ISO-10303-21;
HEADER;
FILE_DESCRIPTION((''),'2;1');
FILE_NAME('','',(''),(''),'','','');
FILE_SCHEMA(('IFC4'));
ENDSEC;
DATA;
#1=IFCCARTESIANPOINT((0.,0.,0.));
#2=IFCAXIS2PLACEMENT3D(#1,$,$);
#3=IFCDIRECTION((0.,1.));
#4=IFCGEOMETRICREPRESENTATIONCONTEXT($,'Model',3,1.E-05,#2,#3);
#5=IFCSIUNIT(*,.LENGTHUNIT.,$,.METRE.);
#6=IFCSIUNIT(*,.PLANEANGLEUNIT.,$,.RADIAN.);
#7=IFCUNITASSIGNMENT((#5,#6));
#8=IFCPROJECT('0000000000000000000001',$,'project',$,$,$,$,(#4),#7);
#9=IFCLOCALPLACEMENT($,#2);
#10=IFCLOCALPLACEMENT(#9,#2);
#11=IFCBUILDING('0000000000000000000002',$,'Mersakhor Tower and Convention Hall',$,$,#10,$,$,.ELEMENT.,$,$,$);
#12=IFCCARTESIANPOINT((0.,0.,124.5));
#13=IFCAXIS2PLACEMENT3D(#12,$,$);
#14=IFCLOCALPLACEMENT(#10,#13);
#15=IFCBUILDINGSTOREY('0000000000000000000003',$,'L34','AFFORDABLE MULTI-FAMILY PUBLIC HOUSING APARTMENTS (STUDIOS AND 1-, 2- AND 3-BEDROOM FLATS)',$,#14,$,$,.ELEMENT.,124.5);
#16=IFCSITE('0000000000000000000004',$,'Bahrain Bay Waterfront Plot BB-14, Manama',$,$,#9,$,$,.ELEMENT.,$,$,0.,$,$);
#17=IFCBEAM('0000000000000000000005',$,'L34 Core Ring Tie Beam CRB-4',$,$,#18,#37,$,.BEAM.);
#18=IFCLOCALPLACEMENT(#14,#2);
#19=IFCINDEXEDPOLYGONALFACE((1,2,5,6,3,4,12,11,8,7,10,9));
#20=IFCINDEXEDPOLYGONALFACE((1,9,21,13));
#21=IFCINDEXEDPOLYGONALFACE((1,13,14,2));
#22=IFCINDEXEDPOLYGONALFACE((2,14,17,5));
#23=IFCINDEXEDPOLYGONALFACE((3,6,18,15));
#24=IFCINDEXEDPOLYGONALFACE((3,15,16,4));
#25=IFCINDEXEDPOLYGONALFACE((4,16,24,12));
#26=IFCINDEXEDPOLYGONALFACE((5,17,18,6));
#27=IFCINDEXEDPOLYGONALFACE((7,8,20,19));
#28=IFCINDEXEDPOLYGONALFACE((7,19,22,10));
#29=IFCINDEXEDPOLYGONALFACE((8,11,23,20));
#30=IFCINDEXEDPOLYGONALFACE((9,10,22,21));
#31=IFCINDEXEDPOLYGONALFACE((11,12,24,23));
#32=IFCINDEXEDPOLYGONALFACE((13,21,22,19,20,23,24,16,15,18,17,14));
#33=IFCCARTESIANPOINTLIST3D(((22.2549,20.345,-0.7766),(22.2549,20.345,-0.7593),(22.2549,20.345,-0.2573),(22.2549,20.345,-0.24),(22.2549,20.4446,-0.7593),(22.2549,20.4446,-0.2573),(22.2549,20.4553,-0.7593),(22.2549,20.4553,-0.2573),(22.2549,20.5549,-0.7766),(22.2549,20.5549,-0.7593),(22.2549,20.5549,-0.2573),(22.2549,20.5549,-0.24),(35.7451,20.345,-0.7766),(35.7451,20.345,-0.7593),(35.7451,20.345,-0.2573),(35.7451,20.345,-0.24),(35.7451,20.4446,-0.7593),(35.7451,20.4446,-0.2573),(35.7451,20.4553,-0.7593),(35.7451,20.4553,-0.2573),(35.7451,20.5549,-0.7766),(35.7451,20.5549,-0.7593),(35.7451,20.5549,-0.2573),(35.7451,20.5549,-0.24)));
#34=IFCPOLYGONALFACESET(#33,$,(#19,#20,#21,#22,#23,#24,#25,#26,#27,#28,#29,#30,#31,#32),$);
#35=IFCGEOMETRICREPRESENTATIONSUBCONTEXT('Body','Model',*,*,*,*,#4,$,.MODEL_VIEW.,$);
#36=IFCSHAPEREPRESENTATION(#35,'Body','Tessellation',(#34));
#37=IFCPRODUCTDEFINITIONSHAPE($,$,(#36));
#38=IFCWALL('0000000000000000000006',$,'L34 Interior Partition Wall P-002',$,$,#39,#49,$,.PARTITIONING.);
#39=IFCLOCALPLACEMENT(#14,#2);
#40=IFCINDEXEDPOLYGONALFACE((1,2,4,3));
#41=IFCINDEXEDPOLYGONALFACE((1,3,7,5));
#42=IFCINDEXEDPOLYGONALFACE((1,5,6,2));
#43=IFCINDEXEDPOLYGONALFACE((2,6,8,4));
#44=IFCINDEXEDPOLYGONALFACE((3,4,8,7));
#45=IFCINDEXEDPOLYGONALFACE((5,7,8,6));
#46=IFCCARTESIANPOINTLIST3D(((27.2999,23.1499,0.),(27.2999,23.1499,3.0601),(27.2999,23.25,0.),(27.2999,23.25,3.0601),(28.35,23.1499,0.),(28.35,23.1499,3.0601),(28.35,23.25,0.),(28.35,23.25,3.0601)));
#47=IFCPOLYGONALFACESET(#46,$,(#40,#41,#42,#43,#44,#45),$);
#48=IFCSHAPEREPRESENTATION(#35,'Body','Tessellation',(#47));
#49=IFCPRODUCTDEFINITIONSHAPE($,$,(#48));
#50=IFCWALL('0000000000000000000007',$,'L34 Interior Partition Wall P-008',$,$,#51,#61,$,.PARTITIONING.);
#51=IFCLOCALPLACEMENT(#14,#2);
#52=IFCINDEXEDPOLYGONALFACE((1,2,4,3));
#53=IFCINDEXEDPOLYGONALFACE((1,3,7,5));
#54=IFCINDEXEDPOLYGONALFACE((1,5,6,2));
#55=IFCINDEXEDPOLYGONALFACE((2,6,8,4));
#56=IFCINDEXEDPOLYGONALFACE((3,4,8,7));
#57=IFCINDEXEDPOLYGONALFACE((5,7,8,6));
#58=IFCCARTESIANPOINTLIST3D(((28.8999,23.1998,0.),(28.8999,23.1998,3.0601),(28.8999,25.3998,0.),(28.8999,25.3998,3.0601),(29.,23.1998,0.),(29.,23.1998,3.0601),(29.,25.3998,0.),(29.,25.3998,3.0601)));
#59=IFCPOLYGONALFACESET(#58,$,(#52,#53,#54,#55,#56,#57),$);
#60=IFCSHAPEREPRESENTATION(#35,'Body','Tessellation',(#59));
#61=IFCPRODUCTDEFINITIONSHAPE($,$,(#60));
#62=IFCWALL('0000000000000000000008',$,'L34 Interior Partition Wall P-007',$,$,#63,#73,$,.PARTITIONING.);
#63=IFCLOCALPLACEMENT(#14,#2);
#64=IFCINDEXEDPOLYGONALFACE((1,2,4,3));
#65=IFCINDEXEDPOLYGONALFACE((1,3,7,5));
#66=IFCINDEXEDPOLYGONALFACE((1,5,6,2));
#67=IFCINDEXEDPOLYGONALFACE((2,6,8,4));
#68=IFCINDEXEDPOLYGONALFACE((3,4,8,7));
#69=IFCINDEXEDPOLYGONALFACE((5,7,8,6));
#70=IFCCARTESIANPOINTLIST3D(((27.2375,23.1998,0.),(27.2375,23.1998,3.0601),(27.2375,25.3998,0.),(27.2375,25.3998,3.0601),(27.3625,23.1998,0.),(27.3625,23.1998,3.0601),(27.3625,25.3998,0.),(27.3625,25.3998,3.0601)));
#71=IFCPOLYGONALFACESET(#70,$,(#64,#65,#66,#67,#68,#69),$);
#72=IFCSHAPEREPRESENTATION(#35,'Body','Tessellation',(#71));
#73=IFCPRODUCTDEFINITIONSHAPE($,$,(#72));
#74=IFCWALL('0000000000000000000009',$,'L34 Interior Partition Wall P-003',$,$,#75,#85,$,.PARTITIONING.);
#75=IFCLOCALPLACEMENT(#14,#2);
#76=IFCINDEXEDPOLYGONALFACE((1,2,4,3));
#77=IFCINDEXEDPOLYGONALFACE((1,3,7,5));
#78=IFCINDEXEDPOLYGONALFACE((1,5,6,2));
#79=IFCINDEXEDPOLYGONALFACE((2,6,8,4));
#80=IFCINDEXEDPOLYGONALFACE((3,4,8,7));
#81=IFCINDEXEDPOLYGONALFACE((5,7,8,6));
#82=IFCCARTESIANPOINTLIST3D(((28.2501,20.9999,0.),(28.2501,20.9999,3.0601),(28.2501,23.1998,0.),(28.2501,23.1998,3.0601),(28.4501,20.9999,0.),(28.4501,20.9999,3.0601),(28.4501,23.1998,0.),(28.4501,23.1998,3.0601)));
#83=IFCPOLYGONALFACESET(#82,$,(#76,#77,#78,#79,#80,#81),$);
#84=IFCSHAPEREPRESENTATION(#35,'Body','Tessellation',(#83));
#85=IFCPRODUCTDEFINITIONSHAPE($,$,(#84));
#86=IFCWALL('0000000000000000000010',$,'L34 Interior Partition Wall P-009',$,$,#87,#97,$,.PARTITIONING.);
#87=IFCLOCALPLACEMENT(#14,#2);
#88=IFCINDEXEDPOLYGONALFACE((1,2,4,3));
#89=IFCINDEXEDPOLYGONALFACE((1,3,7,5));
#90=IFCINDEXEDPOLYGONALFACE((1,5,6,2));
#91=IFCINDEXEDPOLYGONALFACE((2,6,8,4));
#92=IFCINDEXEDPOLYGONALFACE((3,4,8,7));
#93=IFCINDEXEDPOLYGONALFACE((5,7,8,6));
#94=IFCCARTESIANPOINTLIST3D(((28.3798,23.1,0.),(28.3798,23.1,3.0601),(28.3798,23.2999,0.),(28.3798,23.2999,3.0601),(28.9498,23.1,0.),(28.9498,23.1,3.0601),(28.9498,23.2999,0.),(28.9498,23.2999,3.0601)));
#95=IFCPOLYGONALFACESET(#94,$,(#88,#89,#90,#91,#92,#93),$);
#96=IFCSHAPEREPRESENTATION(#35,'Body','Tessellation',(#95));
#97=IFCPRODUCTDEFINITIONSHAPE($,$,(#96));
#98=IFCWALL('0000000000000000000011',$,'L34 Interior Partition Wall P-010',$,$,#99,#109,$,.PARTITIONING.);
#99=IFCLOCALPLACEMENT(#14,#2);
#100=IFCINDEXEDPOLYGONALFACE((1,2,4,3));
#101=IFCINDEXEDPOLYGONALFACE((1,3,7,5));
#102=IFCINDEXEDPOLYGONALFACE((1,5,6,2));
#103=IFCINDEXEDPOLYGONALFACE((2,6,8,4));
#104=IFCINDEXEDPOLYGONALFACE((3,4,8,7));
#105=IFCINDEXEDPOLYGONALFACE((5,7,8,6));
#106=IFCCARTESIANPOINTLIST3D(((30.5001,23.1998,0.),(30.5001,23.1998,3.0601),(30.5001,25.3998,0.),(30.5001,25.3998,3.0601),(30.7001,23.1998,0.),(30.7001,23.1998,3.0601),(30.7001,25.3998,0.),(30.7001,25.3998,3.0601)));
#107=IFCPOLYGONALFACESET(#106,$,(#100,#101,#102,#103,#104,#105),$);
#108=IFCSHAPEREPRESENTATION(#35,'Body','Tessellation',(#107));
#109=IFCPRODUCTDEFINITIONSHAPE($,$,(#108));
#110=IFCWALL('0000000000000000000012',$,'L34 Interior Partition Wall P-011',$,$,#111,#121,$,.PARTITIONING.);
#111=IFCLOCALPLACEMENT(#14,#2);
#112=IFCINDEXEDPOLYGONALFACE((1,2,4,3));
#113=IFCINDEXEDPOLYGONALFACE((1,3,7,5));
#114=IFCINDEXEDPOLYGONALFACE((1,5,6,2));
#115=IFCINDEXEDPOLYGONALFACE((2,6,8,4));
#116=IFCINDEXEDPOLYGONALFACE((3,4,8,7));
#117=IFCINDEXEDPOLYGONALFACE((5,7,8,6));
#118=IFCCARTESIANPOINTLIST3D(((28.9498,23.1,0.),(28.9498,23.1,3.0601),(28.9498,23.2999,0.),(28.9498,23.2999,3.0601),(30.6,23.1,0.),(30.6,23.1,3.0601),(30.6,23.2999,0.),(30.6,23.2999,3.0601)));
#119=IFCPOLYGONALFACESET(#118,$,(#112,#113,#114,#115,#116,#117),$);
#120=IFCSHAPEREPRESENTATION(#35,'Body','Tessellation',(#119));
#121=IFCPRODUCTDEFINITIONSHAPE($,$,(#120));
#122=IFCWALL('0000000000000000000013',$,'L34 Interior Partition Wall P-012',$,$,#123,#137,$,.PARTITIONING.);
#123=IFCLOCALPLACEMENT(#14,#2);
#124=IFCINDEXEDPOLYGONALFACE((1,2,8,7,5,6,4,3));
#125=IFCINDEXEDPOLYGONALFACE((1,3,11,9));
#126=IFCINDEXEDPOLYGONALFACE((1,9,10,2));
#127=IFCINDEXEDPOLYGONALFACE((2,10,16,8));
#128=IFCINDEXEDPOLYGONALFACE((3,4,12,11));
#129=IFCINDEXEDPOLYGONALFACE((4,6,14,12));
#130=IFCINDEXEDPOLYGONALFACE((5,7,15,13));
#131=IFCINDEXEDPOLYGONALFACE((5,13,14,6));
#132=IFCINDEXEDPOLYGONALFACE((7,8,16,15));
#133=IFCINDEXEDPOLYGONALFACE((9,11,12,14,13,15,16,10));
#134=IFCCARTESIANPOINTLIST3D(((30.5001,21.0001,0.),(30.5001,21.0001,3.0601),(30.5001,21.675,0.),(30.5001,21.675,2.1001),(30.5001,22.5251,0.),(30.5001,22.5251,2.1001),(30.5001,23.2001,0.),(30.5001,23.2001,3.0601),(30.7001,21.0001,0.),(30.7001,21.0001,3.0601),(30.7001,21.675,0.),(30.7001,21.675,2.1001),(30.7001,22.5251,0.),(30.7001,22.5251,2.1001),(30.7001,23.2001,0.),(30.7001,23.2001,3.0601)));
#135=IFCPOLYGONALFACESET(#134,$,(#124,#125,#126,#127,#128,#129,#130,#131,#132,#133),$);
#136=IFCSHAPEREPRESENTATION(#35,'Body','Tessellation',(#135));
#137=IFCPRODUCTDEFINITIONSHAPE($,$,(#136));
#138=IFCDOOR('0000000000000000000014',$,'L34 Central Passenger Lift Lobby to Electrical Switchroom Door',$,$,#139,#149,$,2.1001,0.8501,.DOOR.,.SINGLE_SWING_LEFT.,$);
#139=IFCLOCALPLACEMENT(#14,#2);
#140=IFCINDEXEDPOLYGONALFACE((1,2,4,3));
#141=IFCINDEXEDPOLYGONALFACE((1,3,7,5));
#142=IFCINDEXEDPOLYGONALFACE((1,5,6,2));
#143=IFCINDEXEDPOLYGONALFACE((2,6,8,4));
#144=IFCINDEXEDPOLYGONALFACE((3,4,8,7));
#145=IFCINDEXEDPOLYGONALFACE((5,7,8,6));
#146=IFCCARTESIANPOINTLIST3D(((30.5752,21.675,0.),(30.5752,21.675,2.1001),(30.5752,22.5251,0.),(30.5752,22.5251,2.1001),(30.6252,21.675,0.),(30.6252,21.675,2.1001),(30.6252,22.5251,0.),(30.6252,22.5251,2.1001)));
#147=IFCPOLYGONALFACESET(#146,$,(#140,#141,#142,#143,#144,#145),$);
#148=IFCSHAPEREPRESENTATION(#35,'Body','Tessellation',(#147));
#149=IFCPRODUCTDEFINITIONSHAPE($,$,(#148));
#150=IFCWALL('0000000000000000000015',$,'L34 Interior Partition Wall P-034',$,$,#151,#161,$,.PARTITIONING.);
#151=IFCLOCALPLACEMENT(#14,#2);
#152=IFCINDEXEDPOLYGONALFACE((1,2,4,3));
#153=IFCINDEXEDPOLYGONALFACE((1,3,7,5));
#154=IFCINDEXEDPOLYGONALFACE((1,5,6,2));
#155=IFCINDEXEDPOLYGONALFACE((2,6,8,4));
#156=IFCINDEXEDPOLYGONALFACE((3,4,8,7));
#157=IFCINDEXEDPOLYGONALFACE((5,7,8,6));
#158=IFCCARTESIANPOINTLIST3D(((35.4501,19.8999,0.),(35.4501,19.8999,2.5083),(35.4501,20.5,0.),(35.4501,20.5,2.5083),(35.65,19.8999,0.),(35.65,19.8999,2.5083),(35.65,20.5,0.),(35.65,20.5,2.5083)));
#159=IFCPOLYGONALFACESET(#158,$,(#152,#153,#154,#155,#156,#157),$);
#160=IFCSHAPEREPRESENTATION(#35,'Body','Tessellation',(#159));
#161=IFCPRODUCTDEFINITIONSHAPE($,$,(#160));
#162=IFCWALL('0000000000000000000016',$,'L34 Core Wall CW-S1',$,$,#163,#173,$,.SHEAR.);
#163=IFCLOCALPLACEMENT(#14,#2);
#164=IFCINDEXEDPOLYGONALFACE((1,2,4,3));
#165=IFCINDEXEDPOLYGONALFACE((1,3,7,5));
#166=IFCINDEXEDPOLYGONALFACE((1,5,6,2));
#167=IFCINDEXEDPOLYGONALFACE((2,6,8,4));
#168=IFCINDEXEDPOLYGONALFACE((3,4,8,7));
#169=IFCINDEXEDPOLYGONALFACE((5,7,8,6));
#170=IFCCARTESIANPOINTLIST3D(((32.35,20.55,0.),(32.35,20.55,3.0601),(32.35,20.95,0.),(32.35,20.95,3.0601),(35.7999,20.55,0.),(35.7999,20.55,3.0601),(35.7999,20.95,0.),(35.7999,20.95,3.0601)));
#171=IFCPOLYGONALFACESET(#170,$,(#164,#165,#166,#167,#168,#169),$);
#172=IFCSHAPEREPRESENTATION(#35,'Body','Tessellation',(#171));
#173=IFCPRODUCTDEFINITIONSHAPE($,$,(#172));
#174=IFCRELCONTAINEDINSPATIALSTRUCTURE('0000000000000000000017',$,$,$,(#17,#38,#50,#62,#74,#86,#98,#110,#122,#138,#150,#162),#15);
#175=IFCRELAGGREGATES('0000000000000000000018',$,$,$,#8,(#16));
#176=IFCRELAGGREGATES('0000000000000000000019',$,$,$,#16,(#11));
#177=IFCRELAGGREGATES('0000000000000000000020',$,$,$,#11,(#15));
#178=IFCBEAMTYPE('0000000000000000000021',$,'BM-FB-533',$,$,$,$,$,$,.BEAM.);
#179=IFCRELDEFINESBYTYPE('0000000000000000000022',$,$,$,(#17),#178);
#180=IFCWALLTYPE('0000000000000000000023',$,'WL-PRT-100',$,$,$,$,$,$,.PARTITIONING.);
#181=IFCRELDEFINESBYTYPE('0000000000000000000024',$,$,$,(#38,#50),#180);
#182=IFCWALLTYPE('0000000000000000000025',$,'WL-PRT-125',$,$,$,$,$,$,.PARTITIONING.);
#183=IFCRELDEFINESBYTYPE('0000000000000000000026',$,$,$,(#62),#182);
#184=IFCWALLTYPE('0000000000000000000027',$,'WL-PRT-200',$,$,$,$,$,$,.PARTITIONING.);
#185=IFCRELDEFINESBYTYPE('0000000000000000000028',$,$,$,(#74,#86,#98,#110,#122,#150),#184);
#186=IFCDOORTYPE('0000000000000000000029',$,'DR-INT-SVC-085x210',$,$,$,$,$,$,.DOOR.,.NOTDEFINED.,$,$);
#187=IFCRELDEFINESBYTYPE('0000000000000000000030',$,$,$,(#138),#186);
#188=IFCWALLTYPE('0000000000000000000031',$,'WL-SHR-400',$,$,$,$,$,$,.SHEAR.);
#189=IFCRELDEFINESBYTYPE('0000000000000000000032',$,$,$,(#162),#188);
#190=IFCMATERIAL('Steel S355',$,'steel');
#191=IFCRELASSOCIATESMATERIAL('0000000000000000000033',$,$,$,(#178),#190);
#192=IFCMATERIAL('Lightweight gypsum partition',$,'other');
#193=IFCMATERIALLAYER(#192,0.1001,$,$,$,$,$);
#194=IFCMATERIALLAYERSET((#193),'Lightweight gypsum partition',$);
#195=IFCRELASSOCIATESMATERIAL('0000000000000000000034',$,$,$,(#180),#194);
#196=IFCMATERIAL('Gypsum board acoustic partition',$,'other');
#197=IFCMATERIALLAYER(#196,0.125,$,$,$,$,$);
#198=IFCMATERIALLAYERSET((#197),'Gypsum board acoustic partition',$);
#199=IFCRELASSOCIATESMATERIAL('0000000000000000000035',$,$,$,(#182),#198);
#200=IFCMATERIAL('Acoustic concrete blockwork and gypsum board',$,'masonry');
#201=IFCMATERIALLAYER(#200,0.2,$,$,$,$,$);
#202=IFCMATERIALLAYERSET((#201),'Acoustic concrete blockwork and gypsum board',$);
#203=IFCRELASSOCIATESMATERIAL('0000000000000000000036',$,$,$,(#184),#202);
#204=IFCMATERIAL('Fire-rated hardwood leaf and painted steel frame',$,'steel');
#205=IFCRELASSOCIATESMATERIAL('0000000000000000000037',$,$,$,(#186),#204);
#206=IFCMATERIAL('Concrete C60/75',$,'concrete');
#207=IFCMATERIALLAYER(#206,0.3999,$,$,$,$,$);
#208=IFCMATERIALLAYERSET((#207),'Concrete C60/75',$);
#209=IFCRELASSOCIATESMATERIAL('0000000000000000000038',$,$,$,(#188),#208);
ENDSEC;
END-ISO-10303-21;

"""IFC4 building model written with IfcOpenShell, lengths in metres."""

from ifc_helpers import new_model, si_unit, direction, frame, frame_2d, origin, origin_2d, place, context, subcontext, project, spatial, rectangle, i_section, extrude, material, layer, layer_set, material_profile, profile_set, type_object, element, fill, save


model = new_model("IFC4")

# Units and contexts
model_context = context("Model", 3, precision=1e-05, world=origin(), true_north=direction((0.0, 1.0)))
body_context = subcontext(model_context, "Body", "Model", "MODEL_VIEW")
ifc_project = project(units=[si_unit("LENGTHUNIT", "METRE"), si_unit("PLANEANGLEUNIT", "RADIAN")], contexts=[model_context])

# Site, building, storey
site_placement = place(None, origin())
site = spatial("IfcSite", under=ifc_project, at=site_placement, Name="Bahrain Bay Waterfront Plot BB-14, Manama", CompositionType="ELEMENT", RefElevation=0.0)
building_placement = place(site_placement, origin())
building = spatial("IfcBuilding", under=site, at=building_placement, Name="Mersakhor Tower and Convention Hall", CompositionType="ELEMENT")
storey_placement = place(building_placement, frame((0.0, 0.0, 124.5)))
storey = spatial("IfcBuildingStorey", under=building, at=storey_placement, Name="L34", Description="AFFORDABLE MULTI-FAMILY PUBLIC HOUSING APARTMENTS (STUDIOS AND 1-, 2- AND 3-BEDROOM FLATS)", CompositionType="ELEMENT", Elevation=124.5)

# Beam
ifc_material_1 = material(Name="Steel S355", Category="steel")
ifc_material_profile = material_profile(ifc_material_1, i_section(OverallWidth=0.21, OverallDepth=0.5366, WebThickness=0.0107, FlangeThickness=0.0173, at=origin_2d()), Name="UB 533x210x101")
ifc_profile_set = profile_set([ifc_material_profile], Name="Steel S355")
beam_type = type_object("IfcBeamType", Name="BM-FB-533", PredefinedType="BEAM", material=ifc_profile_set)
beam_placement = place(storey_placement, frame((35.7451, 20.45, -0.5083), z_axis=(-1.0, 0.0, 0.0), x_axis=(0.0, -1.0, 0.0)))
element("IfcBeam", 1, at=beam_placement, inside=storey, type_object=beam_type, Name="L34 Core Ring Tie Beam CRB-4", PredefinedType="BEAM", context=body_context, shape_type="SweptSolid", body=[
    extrude(i_section(OverallWidth=0.21, OverallDepth=0.5366, WebThickness=0.0107, FlangeThickness=0.0173, at=origin_2d()), origin(), (0.0, 0.0, 1.0), 13.4902),
])

# Walls
ifc_material_2 = material(Name="Lightweight gypsum partition", Category="other")
ifc_layer_1 = layer(ifc_material_2, 0.1001)
ifc_layer_set_1 = layer_set([ifc_layer_1], Name="Lightweight gypsum partition")
wall_type_1 = type_object("IfcWallType", Name="WL-PRT-100", PredefinedType="PARTITIONING", material=ifc_layer_set_1)
wall_1_placement = place(storey_placement, frame((27.3, 23.2, 0.0), z_axis=(0.0, 0.0, 1.0), x_axis=(1.0, 0.0, 0.0)))
element("IfcWall", 2, at=wall_1_placement, inside=storey, type_object=wall_type_1, Name="L34 Interior Partition Wall P-002", PredefinedType="PARTITIONING", context=body_context, shape_type="SweptSolid", body=[
    extrude(rectangle(XDim=1.05, YDim=0.1001, at=frame_2d((0.5249, 0.0))), origin(), (0.0, 0.0, 1.0), 3.0601),
])
wall_2_placement = place(storey_placement, frame((28.95, 25.3999, 0.0), z_axis=(0.0, 0.0, 1.0), x_axis=(0.0, -1.0, 0.0)))
element("IfcWall", 3, at=wall_2_placement, inside=storey, type_object=wall_type_1, Name="L34 Interior Partition Wall P-008", PredefinedType="PARTITIONING", context=body_context, shape_type="SweptSolid", body=[
    extrude(rectangle(XDim=2.2, YDim=0.1001, at=frame_2d((1.1001, 0.0))), origin(), (0.0, 0.0, 1.0), 3.0601),
])
ifc_material_3 = material(Name="Gypsum board acoustic partition", Category="other")
ifc_layer_2 = layer(ifc_material_3, 0.125)
ifc_layer_set_2 = layer_set([ifc_layer_2], Name="Gypsum board acoustic partition")
wall_type_2 = type_object("IfcWallType", Name="WL-PRT-125", PredefinedType="PARTITIONING", material=ifc_layer_set_2)
wall_3_placement = place(storey_placement, frame((27.3, 25.3999, 0.0), z_axis=(0.0, 0.0, 1.0), x_axis=(0.0, -1.0, 0.0)))
element("IfcWall", 4, at=wall_3_placement, inside=storey, type_object=wall_type_2, Name="L34 Interior Partition Wall P-007", PredefinedType="PARTITIONING", context=body_context, shape_type="SweptSolid", body=[
    extrude(rectangle(XDim=2.2, YDim=0.125, at=frame_2d((1.1001, 0.0))), origin(), (0.0, 0.0, 1.0), 3.0601),
])
ifc_material_4 = material(Name="Acoustic concrete blockwork and gypsum board", Category="masonry")
ifc_layer_3 = layer(ifc_material_4, 0.2)
ifc_layer_set_3 = layer_set([ifc_layer_3], Name="Acoustic concrete blockwork and gypsum board")
wall_type_3 = type_object("IfcWallType", Name="WL-PRT-200", PredefinedType="PARTITIONING", material=ifc_layer_set_3)
wall_4_placement = place(storey_placement, frame((28.3501, 23.2, 0.0), z_axis=(0.0, 0.0, 1.0), x_axis=(0.0, -1.0, 0.0)))
element("IfcWall", 5, at=wall_4_placement, inside=storey, type_object=wall_type_3, Name="L34 Interior Partition Wall P-003", PredefinedType="PARTITIONING", context=body_context, shape_type="SweptSolid", body=[
    extrude(rectangle(XDim=2.2, YDim=0.2, at=frame_2d((1.1001, 0.0))), origin(), (0.0, 0.0, 1.0), 3.0601),
])
wall_5_placement = place(storey_placement, frame((28.95, 23.2, 0.0), z_axis=(0.0, 0.0, 1.0), x_axis=(-1.0, 0.0, 0.0)))
element("IfcWall", 6, at=wall_5_placement, inside=storey, type_object=wall_type_3, Name="L34 Interior Partition Wall P-009", PredefinedType="PARTITIONING", context=body_context, shape_type="SweptSolid", body=[
    extrude(rectangle(XDim=0.5701, YDim=0.2, at=frame_2d((0.2852, 0.0))), origin(), (0.0, 0.0, 1.0), 3.0601),
])
wall_6_placement = place(storey_placement, frame((30.6001, 25.3999, 0.0), z_axis=(0.0, 0.0, 1.0), x_axis=(0.0, -1.0, 0.0)))
element("IfcWall", 7, at=wall_6_placement, inside=storey, type_object=wall_type_3, Name="L34 Interior Partition Wall P-010", PredefinedType="PARTITIONING", context=body_context, shape_type="SweptSolid", body=[
    extrude(rectangle(XDim=2.2, YDim=0.2, at=frame_2d((1.1001, 0.0))), origin(), (0.0, 0.0, 1.0), 3.0601),
])
wall_7_placement = place(storey_placement, frame((30.6001, 23.2, 0.0), z_axis=(0.0, 0.0, 1.0), x_axis=(-1.0, 0.0, 0.0)))
element("IfcWall", 8, at=wall_7_placement, inside=storey, type_object=wall_type_3, Name="L34 Interior Partition Wall P-011", PredefinedType="PARTITIONING", context=body_context, shape_type="SweptSolid", body=[
    extrude(rectangle(XDim=1.6501, YDim=0.2, at=frame_2d((0.8252, 0.0))), origin(), (0.0, 0.0, 1.0), 3.0601),
])

# Wall, opening, door
wall_8_placement = place(storey_placement, frame((30.6001, 21.0, 0.0), z_axis=(0.0, 0.0, 1.0), x_axis=(0.0, 1.0, 0.0)))
wall_8 = element("IfcWall", 9, at=wall_8_placement, inside=storey, type_object=wall_type_3, Name="L34 Interior Partition Wall P-012", PredefinedType="PARTITIONING", context=body_context, shape_type="SweptSolid", body=[
    extrude(rectangle(XDim=2.2, YDim=0.2, at=frame_2d((1.1001, 0.0))), origin(), (0.0, 0.0, 1.0), 3.0601),
])
opening_1_placement = place(wall_8_placement, frame((0.675, 0.0, 0.0)))
opening_1 = element("IfcOpeningElement", 10, at=opening_1_placement, cuts=wall_8, PredefinedType="OPENING", context=body_context, shape_type="SweptSolid", body=[
    extrude(rectangle(XDim=0.8501, YDim=2.1001, at=frame_2d((0.425, 1.05))), frame((0.0, 0.1099, 0.0), z_axis=(0.0, -1.0, 0.0), x_axis=(1.0, 0.0, 0.0)), (0.0, 0.0, 1.0), 0.22),
])
ifc_material_5 = material(Name="Fire-rated hardwood leaf and painted steel frame", Category="steel")
door_type_1 = type_object("IfcDoorType", Name="DR-INT-SVC-085x210", OperationType="NOTDEFINED", PredefinedType="DOOR", material=ifc_material_5)
door_1_placement = place(opening_1_placement, origin())
door_1 = element("IfcDoor", 11, at=door_1_placement, inside=storey, type_object=door_type_1, Name="L34 Central Passenger Lift Lobby to Electrical Switchroom Door", OperationType="SINGLE_SWING_LEFT", OverallHeight=2.1001, OverallWidth=0.8501, PredefinedType="DOOR", context=body_context, shape_type="SweptSolid", body=[
    extrude(rectangle(XDim=0.8501, YDim=2.1001, at=frame_2d((0.425, 1.05))), frame((0.0, 0.0249, 0.0), z_axis=(0.0, -1.0, 0.0), x_axis=(1.0, 0.0, 0.0)), (0.0, 0.0, 1.0), 0.05),
])
fill(opening_1, door_1)

# Walls
wall_9_placement = place(storey_placement, frame((35.55, 20.5, 0.0), z_axis=(0.0, 0.0, 1.0), x_axis=(0.0, -1.0, 0.0)))
element("IfcWall", 12, at=wall_9_placement, inside=storey, type_object=wall_type_3, Name="L34 Interior Partition Wall P-034", PredefinedType="PARTITIONING", context=body_context, shape_type="SweptSolid", body=[
    extrude(rectangle(XDim=0.6001, YDim=0.2, at=frame_2d((0.3, 0.0))), origin(), (0.0, 0.0, 1.0), 2.5083),
])
ifc_material_6 = material(Name="Concrete C60/75", Category="concrete")
ifc_layer_4 = layer(ifc_material_6, 0.3999)
ifc_layer_set_4 = layer_set([ifc_layer_4], Name="Concrete C60/75")
wall_type_4 = type_object("IfcWallType", Name="WL-SHR-400", PredefinedType="SHEAR", material=ifc_layer_set_4)
wall_10_placement = place(storey_placement, frame((35.8, 20.75, 0.0), z_axis=(0.0, 0.0, 1.0), x_axis=(-1.0, 0.0, 0.0)))
element("IfcWall", 13, at=wall_10_placement, inside=storey, type_object=wall_type_4, Name="L34 Core Wall CW-S1", PredefinedType="SHEAR", context=body_context, shape_type="SweptSolid", body=[
    extrude(rectangle(XDim=3.45, YDim=0.3999, at=frame_2d((1.7251, 0.0))), origin(), (0.0, 0.0, 1.0), 3.0601),
])

save(model, "model.ifc")
